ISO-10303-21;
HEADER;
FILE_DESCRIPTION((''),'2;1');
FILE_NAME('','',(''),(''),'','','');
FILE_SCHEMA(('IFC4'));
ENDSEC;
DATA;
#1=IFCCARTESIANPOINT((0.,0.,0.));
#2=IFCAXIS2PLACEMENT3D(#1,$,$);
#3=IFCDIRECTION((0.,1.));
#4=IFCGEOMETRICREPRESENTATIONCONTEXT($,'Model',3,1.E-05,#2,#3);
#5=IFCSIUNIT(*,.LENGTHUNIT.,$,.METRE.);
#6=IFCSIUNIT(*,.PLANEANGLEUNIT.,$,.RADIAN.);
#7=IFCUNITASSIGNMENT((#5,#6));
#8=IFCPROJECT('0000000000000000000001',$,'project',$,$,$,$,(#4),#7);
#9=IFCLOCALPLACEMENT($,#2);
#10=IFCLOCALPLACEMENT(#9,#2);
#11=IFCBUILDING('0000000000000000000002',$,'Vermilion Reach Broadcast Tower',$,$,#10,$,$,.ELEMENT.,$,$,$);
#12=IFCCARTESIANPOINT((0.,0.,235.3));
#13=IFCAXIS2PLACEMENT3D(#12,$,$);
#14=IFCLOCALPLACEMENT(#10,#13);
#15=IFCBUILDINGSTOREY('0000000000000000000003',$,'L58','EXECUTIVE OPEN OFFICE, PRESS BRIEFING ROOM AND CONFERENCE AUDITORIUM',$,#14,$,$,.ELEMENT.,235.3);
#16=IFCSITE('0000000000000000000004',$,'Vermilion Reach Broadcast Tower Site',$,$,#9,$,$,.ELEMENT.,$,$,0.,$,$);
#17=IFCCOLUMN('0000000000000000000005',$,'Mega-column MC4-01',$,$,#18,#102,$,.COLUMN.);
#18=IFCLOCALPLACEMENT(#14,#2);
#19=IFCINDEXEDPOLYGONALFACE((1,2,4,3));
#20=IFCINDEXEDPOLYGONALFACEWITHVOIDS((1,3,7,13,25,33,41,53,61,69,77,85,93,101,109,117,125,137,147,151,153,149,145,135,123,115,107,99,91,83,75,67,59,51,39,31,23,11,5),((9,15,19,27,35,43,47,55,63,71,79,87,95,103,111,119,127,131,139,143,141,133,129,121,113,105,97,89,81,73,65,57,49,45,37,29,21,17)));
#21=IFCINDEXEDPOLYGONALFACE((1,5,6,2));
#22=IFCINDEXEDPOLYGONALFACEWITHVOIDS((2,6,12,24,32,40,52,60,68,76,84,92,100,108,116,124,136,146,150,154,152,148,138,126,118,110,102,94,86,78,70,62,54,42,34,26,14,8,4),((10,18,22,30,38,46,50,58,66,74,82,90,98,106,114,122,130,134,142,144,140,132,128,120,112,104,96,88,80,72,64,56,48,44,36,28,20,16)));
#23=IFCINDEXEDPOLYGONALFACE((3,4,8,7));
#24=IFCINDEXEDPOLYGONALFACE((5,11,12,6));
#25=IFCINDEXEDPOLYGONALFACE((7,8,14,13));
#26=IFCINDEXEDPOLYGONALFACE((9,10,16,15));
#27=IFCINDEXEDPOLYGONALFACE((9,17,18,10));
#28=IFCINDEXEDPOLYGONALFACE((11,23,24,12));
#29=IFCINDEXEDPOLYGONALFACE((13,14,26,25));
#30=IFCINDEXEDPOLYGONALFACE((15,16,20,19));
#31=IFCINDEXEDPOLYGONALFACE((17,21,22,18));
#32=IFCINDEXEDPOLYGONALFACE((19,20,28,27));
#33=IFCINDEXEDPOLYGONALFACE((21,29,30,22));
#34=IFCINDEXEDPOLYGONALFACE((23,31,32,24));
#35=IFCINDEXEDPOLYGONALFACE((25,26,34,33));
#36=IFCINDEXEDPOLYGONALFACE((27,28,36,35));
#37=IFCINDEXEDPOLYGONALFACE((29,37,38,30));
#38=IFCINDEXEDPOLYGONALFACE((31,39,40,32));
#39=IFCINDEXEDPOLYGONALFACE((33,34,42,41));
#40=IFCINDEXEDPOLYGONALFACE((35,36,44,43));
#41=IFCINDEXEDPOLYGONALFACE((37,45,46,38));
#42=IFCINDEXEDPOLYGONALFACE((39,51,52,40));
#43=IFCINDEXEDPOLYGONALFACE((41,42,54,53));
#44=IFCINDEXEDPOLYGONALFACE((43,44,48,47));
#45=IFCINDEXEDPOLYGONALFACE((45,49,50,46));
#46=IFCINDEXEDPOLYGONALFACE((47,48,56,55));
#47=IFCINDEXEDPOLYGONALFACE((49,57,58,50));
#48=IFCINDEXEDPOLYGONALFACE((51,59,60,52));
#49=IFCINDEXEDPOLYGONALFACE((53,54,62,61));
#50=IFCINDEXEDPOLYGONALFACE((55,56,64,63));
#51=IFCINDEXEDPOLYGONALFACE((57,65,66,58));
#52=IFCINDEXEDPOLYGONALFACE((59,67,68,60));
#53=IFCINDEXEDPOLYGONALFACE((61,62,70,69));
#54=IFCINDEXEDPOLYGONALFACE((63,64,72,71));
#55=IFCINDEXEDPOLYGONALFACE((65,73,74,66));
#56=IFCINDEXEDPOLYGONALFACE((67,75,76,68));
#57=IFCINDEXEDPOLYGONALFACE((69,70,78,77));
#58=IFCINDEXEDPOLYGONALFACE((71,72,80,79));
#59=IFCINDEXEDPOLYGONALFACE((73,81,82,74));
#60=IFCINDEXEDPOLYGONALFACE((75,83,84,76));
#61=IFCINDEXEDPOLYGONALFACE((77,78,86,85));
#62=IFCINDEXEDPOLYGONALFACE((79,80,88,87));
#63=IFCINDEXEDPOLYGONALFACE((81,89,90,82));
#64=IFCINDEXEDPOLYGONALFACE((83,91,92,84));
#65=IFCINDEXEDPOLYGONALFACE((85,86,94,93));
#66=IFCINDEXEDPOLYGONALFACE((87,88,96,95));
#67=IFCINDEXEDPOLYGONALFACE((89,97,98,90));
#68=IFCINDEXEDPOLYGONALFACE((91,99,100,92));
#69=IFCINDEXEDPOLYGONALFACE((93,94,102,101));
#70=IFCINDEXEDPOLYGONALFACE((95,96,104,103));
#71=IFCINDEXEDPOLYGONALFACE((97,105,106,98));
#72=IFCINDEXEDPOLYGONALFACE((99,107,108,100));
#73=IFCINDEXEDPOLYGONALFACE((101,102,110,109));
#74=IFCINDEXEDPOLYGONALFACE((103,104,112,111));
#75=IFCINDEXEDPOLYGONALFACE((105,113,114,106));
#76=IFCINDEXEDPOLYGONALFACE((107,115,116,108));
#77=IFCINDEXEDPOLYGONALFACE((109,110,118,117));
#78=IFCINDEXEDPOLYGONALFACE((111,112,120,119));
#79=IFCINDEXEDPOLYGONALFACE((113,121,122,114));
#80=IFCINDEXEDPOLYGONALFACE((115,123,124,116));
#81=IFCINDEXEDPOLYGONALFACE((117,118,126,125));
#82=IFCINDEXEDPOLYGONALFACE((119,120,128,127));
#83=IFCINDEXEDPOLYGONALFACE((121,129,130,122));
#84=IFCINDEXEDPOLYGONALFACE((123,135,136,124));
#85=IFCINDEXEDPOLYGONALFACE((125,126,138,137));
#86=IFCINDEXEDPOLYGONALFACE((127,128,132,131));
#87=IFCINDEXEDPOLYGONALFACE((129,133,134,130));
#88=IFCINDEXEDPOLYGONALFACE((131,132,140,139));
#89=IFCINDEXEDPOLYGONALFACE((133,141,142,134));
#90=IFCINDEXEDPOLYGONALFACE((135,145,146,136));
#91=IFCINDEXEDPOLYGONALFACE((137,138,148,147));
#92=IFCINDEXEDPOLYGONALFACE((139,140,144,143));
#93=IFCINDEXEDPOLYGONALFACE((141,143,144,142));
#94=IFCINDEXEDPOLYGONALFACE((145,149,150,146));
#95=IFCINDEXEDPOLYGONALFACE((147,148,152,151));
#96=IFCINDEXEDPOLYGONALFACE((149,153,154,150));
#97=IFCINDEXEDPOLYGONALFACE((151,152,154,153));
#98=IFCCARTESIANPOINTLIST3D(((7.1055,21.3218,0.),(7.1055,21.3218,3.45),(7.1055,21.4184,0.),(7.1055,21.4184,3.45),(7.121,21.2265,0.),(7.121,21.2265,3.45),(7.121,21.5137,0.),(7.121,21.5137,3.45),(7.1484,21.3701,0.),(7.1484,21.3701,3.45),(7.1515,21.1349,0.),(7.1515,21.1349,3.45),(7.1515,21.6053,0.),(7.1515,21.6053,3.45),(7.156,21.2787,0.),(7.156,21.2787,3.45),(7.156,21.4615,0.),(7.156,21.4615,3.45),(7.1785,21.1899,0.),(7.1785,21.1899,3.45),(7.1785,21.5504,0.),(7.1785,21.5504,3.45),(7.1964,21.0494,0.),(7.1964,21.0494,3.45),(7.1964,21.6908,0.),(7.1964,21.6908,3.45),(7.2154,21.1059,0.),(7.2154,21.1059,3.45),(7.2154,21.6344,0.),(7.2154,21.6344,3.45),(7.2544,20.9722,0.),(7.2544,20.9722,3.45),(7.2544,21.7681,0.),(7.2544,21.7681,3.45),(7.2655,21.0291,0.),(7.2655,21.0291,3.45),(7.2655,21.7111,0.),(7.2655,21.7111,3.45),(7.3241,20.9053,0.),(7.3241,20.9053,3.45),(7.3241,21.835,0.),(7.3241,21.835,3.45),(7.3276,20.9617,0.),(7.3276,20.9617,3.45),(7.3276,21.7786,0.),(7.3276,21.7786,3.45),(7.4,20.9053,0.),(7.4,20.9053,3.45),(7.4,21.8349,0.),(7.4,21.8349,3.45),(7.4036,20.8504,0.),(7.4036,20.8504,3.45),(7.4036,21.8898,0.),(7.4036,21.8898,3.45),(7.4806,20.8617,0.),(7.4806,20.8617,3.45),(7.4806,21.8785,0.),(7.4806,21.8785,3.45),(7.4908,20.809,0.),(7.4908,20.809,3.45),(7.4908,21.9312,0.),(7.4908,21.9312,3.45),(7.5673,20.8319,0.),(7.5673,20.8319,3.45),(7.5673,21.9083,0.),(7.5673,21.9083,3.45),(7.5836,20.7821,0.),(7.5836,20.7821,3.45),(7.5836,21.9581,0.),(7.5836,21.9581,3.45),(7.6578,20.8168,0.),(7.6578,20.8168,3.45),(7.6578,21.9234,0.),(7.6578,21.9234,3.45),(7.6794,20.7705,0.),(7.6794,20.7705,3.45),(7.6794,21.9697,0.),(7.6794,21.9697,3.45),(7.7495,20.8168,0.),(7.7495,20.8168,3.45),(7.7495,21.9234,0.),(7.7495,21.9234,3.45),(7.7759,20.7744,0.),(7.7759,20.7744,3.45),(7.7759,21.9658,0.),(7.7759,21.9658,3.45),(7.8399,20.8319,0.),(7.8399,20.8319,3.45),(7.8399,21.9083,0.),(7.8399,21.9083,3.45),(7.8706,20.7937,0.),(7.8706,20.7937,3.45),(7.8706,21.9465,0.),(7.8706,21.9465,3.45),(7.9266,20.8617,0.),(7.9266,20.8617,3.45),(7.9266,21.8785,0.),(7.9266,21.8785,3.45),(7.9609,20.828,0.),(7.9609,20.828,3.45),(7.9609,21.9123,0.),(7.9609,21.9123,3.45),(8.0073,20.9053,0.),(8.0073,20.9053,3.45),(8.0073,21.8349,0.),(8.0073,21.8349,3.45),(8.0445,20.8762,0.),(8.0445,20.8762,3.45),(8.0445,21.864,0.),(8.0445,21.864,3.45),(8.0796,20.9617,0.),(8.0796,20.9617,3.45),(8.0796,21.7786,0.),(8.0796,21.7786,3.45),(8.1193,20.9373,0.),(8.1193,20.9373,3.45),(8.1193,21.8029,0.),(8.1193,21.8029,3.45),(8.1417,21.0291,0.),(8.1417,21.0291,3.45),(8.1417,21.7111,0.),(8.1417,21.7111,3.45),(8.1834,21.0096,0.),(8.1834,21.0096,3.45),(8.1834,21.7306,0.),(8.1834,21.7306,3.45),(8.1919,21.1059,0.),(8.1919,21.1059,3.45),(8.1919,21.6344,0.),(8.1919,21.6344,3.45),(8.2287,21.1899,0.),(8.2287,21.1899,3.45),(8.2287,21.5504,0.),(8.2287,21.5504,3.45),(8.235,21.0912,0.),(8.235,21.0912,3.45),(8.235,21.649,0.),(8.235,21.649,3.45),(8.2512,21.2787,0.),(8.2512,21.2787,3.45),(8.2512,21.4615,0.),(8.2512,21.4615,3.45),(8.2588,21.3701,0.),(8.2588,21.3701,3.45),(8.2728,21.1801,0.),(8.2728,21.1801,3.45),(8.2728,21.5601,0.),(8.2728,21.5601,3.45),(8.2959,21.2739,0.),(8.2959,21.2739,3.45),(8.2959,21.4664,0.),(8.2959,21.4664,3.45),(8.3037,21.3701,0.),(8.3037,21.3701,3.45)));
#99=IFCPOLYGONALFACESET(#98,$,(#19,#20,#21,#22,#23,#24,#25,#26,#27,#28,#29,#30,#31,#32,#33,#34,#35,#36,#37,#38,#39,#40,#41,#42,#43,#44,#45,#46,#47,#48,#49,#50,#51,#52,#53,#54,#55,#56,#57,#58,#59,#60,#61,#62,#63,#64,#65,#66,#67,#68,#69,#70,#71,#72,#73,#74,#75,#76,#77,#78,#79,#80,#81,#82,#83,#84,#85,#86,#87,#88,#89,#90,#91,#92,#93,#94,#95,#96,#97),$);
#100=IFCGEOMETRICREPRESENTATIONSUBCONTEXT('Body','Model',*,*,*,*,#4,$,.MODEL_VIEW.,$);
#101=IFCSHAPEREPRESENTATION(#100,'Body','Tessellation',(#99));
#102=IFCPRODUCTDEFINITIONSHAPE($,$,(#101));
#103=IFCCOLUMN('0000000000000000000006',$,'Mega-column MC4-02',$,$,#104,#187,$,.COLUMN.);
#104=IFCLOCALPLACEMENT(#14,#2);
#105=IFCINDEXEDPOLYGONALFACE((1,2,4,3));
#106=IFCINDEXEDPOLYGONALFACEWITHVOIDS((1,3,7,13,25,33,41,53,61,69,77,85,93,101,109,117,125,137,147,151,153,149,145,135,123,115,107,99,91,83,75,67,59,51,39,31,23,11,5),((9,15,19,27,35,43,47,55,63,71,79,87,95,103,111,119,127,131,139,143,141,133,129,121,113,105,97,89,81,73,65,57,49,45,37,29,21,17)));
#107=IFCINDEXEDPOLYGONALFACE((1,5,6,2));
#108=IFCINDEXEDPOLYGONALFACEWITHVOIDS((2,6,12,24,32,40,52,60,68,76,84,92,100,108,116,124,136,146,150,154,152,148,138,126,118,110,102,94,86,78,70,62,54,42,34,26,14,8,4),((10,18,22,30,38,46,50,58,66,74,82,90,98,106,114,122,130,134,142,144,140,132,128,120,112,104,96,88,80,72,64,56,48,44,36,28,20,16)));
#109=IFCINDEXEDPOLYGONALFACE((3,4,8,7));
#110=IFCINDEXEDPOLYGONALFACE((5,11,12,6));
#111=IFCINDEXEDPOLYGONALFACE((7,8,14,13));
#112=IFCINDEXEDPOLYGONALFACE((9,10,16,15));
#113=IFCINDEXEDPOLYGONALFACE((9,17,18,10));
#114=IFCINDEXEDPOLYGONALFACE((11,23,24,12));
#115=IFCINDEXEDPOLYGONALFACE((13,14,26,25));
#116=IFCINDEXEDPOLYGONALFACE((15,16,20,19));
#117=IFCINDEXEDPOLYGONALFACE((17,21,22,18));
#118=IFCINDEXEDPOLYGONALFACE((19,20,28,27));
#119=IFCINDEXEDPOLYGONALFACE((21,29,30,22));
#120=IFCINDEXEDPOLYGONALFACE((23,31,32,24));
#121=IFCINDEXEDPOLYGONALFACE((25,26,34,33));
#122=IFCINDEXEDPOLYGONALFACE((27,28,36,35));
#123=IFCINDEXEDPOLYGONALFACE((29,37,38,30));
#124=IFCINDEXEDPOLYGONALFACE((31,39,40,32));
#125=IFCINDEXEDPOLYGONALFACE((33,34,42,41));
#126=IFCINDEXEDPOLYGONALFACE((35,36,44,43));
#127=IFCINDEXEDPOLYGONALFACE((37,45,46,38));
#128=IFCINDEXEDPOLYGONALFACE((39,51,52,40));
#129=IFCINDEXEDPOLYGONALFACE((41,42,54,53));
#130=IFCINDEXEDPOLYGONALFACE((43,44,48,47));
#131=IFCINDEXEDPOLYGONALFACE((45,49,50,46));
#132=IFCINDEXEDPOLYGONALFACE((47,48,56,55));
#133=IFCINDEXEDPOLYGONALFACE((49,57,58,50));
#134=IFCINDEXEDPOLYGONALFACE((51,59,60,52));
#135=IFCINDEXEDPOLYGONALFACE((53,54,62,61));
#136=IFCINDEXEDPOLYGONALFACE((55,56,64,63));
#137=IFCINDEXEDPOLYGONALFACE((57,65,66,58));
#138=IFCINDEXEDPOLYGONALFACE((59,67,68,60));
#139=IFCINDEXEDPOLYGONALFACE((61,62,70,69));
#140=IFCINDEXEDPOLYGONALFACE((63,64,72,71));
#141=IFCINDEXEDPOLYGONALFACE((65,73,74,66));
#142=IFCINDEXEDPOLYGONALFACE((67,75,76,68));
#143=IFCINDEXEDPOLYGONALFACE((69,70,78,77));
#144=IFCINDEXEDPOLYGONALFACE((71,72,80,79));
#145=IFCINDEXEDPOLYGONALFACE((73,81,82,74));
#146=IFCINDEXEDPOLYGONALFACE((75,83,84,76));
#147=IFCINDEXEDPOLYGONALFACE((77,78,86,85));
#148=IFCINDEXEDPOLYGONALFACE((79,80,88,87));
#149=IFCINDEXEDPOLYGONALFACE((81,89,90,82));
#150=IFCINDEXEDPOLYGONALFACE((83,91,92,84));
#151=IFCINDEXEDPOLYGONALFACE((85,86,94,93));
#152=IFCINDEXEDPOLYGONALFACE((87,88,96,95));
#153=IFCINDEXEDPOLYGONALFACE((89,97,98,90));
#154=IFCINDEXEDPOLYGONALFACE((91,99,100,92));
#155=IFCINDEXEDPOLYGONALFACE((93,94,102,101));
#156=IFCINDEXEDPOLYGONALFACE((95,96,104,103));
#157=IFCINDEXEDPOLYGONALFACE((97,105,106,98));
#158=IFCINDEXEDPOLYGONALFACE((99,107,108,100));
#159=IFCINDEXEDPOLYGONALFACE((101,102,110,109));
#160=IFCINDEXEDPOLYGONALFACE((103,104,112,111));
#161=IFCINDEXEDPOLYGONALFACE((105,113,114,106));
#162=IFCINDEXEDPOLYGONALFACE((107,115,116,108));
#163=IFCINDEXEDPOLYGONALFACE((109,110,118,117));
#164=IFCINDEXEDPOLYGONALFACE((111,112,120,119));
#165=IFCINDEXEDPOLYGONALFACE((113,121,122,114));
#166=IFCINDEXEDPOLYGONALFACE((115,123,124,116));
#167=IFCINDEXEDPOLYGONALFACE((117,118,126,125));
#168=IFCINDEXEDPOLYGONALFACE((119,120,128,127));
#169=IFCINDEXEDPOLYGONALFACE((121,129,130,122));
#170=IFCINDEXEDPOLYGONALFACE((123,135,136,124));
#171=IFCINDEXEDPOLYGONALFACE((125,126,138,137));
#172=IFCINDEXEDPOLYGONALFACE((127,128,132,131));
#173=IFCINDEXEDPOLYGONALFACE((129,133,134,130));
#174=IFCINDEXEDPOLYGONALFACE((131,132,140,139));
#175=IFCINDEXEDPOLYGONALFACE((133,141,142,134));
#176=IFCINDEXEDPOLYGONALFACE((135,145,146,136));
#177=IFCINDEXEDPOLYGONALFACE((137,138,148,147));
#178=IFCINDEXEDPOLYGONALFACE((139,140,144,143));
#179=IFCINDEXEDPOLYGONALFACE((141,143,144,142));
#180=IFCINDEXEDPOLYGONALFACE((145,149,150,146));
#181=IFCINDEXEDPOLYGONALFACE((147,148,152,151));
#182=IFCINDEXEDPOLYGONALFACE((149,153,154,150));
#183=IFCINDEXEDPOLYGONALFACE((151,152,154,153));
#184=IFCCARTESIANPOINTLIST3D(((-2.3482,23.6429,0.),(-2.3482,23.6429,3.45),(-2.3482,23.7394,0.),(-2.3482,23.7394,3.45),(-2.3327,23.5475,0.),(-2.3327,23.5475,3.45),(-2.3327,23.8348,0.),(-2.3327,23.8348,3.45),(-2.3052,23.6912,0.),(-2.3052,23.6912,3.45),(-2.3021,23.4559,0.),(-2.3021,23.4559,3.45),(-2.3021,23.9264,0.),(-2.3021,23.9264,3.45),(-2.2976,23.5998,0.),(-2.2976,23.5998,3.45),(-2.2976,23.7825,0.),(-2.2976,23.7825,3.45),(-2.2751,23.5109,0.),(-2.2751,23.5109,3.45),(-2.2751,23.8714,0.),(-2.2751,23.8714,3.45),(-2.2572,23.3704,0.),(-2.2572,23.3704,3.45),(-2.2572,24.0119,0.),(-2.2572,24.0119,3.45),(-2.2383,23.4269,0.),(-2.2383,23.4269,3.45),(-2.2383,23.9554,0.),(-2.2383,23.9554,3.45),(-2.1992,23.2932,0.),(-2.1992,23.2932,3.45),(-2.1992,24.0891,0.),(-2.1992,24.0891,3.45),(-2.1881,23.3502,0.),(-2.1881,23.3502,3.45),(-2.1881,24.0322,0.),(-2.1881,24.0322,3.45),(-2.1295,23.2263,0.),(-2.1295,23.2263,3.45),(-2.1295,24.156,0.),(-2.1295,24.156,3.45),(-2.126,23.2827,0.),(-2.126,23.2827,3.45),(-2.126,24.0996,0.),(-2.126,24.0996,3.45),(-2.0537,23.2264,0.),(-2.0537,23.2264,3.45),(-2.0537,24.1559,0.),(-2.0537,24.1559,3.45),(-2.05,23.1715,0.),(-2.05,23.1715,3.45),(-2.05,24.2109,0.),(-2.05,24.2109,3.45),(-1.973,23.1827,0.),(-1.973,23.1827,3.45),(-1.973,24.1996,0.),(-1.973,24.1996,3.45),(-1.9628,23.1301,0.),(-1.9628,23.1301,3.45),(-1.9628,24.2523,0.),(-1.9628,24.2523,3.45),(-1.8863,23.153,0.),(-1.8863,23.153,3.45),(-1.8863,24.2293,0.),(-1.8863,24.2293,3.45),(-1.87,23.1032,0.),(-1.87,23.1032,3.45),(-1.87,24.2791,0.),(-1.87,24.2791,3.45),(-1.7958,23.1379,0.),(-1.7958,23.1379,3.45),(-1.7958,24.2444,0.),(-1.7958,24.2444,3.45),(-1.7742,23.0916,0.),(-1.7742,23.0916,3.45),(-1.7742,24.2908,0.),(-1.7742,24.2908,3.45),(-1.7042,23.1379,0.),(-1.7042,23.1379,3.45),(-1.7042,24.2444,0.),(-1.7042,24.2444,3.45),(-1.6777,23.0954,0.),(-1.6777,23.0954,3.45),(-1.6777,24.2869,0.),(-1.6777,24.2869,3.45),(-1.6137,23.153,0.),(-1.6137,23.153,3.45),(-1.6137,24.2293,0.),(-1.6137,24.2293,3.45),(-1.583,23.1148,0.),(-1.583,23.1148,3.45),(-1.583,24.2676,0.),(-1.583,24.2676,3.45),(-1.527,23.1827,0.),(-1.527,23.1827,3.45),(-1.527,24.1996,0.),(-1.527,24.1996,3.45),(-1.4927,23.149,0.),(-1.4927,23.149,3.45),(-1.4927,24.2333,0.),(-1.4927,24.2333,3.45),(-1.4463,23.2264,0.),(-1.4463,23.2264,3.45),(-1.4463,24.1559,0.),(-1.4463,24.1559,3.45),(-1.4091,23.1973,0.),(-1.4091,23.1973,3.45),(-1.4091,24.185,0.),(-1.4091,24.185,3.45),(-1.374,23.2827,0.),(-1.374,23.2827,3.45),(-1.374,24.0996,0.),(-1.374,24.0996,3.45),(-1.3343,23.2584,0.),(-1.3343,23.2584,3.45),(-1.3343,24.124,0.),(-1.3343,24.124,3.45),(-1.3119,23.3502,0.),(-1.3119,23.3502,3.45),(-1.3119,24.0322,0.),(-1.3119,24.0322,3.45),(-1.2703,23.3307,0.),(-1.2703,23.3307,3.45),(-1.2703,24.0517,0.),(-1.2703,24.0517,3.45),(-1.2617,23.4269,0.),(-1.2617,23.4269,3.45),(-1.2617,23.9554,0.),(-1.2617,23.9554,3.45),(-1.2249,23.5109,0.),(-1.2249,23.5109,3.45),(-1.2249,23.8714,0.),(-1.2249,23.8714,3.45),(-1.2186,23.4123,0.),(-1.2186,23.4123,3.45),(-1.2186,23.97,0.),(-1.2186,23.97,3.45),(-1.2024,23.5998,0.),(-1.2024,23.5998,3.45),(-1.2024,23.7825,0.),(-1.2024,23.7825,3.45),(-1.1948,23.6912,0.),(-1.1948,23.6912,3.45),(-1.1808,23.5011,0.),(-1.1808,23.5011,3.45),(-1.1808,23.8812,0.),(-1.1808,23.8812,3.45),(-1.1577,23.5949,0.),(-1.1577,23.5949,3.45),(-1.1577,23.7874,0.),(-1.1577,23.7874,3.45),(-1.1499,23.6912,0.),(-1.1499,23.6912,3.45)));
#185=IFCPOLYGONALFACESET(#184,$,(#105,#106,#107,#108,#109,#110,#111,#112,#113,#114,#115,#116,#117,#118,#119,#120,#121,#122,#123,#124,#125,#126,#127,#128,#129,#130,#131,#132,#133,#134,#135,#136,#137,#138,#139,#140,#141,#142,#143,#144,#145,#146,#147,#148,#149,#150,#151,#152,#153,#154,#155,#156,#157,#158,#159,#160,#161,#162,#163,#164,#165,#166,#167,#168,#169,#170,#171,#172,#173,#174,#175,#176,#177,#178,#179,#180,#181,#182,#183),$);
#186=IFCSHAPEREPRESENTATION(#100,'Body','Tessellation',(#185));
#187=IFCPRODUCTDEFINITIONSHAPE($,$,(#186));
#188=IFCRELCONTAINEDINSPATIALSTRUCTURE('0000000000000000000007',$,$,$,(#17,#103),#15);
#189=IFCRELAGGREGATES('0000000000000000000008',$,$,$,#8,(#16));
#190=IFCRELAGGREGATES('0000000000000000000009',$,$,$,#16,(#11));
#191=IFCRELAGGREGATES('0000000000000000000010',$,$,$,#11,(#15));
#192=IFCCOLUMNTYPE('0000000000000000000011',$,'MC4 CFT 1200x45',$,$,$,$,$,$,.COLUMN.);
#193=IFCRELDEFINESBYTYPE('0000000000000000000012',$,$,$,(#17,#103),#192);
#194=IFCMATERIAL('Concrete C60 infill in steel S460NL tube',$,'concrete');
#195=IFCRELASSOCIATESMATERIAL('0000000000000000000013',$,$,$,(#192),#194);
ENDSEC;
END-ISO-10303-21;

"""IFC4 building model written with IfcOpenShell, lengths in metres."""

from ifc_helpers import new_model, si_unit, direction, frame, origin, origin_2d, place, context, subcontext, project, spatial, hollow_circle, extrude, material, material_profile, profile_set, type_object, element, save


model = new_model("IFC4")

# Units and contexts
model_context = context("Model", 3, precision=1e-05, world=origin(), true_north=direction((0.0, 1.0)))
body_context = subcontext(model_context, "Body", "Model", "MODEL_VIEW")
ifc_project = project(units=[si_unit("LENGTHUNIT", "METRE"), si_unit("PLANEANGLEUNIT", "RADIAN")], contexts=[model_context])

# Site, building, storey
site_placement = place(None, origin())
site = spatial("IfcSite", under=ifc_project, at=site_placement, Name="Vermilion Reach Broadcast Tower Site", CompositionType="ELEMENT", RefElevation=0.0)
building_placement = place(site_placement, origin())
building = spatial("IfcBuilding", under=site, at=building_placement, Name="Vermilion Reach Broadcast Tower", CompositionType="ELEMENT")
storey_placement = place(building_placement, frame((0.0, 0.0, 235.3)))
storey = spatial("IfcBuildingStorey", under=building, at=storey_placement, Name="L58", Description="EXECUTIVE OPEN OFFICE, PRESS BRIEFING ROOM AND CONFERENCE AUDITORIUM", CompositionType="ELEMENT", Elevation=235.3)

# Columns
ifc_material_1 = material(Name="Concrete C60 infill in steel S460NL tube", Category="concrete")
ifc_material_profile_1 = material_profile(ifc_material_1, hollow_circle(Radius=0.6001, WallThickness=0.0449, at=origin_2d()), Name="Concrete C60 infill in steel S460NL tube CFT 1200x45")
ifc_profile_set_1 = profile_set([ifc_material_profile_1], Name="Concrete C60 infill in steel S460NL tube")
column_type = type_object("IfcColumnType", Name="MC4 CFT 1200x45", PredefinedType="COLUMN", material=ifc_profile_set_1)
for number, where, z_axis, x_axis, name in (
    (1, (7.7036, 21.3701, 0.0), (0.0, 0.0, 1.0), (1.0, 0.0, 0.0), "Mega-column MC4-01"),
    (2, (-1.75, 23.6912, 0.0), (0.0, 0.0, 1.0), (1.0, 0.0, 0.0), "Mega-column MC4-02"),
):
    element("IfcColumn", number, at=place(storey_placement, frame(where, z_axis=z_axis, x_axis=x_axis)), inside=storey, type_object=column_type, Name=name, PredefinedType="COLUMN", context=body_context, shape_type="SweptSolid", body=[
        extrude(hollow_circle(Radius=0.6001, WallThickness=0.0449, at=origin_2d()), origin(), (0.0, 0.0, 1.0), 3.45),
    ])

save(model, "model.ifc")
